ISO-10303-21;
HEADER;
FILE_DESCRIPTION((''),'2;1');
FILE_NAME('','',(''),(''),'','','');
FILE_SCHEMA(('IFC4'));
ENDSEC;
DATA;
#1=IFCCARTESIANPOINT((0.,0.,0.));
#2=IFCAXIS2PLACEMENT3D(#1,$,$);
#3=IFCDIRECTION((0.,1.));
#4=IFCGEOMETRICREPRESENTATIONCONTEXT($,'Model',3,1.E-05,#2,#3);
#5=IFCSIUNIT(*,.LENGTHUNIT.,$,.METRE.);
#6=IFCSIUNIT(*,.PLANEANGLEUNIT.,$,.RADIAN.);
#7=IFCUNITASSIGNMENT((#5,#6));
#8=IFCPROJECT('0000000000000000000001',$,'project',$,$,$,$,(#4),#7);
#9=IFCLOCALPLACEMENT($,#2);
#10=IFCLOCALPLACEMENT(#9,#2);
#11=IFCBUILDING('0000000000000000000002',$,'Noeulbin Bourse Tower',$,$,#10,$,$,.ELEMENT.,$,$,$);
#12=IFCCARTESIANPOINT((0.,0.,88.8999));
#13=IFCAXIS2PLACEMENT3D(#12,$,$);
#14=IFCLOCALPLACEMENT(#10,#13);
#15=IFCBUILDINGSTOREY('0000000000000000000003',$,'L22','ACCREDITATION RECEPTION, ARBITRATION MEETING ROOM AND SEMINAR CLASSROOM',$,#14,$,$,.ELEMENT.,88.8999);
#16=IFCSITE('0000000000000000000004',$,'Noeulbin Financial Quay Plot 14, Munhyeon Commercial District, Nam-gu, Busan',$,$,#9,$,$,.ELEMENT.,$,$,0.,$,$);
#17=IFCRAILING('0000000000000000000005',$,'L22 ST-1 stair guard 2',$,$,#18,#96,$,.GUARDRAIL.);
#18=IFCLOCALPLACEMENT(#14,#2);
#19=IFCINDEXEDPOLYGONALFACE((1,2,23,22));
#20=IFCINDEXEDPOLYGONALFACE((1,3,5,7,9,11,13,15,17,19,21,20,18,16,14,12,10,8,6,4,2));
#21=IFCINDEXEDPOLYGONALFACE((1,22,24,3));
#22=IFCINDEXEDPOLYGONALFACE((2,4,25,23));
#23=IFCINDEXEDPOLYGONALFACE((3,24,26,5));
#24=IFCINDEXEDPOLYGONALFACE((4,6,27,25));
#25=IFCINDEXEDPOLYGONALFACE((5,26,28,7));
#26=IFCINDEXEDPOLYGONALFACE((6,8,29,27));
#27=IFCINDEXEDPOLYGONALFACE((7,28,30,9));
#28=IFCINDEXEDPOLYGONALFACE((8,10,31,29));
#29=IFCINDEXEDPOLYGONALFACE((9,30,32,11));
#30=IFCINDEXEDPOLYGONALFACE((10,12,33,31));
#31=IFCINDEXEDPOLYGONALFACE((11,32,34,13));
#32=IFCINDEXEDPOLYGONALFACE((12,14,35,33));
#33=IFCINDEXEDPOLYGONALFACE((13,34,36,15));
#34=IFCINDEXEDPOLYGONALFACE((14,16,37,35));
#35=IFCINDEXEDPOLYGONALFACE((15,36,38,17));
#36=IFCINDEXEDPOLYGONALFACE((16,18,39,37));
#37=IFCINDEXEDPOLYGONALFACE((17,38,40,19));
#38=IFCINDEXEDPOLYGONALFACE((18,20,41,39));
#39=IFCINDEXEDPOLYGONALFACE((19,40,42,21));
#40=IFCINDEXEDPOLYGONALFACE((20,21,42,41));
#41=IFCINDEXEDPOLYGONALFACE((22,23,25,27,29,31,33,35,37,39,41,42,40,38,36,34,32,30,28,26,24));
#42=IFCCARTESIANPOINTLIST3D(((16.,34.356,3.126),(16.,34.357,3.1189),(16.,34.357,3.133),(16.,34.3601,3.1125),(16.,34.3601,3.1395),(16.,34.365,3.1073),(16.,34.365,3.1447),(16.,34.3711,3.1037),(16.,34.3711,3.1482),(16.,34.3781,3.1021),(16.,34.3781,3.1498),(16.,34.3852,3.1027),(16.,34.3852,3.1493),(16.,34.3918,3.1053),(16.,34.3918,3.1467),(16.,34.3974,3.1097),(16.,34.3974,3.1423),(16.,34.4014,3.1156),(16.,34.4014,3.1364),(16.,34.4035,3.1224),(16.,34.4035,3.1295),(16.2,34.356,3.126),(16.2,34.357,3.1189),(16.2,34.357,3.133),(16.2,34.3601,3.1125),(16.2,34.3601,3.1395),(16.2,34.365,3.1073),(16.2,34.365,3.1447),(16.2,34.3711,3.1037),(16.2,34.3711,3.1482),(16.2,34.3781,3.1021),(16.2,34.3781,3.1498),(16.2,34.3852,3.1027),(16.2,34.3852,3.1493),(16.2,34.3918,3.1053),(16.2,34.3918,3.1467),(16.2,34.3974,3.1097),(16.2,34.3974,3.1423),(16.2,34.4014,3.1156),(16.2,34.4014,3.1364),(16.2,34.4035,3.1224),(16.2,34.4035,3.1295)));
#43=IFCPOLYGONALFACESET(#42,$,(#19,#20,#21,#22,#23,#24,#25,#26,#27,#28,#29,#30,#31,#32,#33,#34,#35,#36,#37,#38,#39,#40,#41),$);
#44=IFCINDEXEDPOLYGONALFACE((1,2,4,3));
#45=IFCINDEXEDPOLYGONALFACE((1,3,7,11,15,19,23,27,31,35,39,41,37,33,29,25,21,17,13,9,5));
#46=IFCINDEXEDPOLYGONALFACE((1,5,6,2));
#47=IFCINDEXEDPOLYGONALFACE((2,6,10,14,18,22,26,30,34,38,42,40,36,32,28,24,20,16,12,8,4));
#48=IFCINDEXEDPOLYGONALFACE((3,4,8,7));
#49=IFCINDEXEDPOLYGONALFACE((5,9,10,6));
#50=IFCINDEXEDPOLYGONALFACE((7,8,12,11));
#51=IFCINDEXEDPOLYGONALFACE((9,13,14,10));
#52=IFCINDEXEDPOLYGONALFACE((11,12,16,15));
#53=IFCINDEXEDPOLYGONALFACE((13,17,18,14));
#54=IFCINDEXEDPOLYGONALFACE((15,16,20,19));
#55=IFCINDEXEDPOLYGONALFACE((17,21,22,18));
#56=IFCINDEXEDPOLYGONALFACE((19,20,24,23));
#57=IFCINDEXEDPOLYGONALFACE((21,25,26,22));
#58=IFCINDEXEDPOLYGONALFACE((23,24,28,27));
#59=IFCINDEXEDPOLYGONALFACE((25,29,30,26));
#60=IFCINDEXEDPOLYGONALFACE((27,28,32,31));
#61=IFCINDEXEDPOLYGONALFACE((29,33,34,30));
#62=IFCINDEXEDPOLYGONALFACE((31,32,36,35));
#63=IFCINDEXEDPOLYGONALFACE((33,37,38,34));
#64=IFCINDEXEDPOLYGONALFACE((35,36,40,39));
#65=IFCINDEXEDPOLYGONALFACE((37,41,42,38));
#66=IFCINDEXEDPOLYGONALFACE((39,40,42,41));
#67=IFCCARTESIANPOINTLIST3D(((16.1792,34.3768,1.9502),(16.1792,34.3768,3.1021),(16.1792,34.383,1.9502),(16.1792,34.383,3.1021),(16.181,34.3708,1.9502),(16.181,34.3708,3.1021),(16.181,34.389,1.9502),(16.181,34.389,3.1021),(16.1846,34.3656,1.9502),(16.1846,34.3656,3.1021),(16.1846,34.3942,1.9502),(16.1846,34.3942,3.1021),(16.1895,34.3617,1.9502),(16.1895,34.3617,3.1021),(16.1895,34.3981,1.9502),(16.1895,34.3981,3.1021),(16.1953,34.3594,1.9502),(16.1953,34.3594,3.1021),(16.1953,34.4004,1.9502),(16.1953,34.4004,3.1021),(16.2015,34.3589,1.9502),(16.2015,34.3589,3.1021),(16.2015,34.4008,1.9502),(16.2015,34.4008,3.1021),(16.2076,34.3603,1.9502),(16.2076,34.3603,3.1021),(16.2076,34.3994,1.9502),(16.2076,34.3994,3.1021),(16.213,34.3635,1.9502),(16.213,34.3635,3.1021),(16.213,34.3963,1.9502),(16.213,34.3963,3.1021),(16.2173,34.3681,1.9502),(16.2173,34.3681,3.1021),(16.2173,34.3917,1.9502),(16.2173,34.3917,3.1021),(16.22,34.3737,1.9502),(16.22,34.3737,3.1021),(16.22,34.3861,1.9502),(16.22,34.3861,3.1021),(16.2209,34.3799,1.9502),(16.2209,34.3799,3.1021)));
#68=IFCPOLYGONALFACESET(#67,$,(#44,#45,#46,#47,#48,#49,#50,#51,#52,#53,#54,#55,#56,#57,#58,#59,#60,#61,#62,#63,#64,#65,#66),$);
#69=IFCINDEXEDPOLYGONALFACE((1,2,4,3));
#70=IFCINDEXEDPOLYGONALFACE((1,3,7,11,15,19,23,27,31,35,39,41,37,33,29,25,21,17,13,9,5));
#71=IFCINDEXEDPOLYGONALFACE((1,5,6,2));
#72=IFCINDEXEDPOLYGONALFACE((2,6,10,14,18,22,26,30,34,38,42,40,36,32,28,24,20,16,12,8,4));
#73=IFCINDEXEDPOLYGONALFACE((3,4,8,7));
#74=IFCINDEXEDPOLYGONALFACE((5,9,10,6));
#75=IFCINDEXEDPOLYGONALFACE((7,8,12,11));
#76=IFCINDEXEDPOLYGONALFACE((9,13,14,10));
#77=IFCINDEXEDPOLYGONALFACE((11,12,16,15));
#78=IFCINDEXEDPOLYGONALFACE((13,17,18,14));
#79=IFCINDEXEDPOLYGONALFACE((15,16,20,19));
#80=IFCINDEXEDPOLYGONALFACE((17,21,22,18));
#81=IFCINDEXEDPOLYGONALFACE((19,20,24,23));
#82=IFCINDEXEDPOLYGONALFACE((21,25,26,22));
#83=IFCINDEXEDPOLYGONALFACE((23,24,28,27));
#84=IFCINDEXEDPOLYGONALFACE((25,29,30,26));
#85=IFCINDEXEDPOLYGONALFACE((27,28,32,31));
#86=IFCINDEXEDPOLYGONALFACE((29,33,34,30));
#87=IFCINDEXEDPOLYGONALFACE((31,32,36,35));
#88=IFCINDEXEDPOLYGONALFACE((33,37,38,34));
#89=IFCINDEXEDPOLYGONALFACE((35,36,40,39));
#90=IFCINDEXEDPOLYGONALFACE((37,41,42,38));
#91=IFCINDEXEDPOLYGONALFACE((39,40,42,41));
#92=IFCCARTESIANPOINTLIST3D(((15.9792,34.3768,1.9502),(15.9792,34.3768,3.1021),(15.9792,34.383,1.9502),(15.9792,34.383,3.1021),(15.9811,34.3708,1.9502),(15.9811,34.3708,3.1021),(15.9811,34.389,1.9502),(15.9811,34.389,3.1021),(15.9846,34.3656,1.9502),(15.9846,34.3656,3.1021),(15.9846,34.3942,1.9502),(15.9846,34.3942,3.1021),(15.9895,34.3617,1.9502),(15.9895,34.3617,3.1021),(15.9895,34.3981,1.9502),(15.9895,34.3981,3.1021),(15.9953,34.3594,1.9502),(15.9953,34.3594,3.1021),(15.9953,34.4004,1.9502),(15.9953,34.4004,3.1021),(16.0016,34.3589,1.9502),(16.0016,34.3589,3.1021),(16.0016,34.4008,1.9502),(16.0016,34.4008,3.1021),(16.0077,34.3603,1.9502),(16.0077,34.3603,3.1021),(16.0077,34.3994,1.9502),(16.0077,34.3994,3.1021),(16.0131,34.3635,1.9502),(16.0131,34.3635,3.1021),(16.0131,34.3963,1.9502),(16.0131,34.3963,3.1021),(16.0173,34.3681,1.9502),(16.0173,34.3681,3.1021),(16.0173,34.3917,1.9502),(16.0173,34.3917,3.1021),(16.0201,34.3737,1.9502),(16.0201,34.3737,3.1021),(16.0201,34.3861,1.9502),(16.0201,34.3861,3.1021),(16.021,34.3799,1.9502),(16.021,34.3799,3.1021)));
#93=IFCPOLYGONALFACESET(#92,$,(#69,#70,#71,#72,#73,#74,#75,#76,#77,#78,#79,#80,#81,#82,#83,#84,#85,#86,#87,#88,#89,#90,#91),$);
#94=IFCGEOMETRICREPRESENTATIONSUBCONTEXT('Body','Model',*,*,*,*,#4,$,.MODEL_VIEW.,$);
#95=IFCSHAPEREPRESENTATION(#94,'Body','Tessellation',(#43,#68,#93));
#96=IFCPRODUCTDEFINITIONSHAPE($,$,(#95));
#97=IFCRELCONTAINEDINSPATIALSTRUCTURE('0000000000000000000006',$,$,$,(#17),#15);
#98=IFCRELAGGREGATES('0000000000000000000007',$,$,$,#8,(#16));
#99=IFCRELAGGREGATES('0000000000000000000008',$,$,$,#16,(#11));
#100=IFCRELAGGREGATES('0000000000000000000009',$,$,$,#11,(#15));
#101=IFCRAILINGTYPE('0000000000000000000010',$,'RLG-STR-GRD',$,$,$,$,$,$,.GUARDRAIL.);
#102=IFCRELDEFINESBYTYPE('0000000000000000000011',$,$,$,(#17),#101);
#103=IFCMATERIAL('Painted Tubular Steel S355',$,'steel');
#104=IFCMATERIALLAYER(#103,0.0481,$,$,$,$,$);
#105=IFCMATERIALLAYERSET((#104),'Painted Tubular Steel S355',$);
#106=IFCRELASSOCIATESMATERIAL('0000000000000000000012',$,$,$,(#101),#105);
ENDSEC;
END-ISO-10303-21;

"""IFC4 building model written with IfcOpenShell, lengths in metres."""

from ifc_helpers import new_model, si_unit, direction, frame, origin, origin_2d, place, context, subcontext, project, spatial, circle, extrude, material, layer, layer_set, type_object, element, save


model = new_model("IFC4")

# Units and contexts
model_context = context("Model", 3, precision=1e-05, world=origin(), true_north=direction((0.0, 1.0)))
body_context = subcontext(model_context, "Body", "Model", "MODEL_VIEW")
ifc_project = project(units=[si_unit("LENGTHUNIT", "METRE"), si_unit("PLANEANGLEUNIT", "RADIAN")], contexts=[model_context])

# Site, building, storey
site_placement = place(None, origin())
site = spatial("IfcSite", under=ifc_project, at=site_placement, Name="Noeulbin Financial Quay Plot 14, Munhyeon Commercial District, Nam-gu, Busan", CompositionType="ELEMENT", RefElevation=0.0)
building_placement = place(site_placement, origin())
building = spatial("IfcBuilding", under=site, at=building_placement, Name="Noeulbin Bourse Tower", CompositionType="ELEMENT")
storey_placement = place(building_placement, frame((0.0, 0.0, 88.8999)))
storey = spatial("IfcBuildingStorey", under=building, at=storey_placement, Name="L22", Description="ACCREDITATION RECEPTION, ARBITRATION MEETING ROOM AND SEMINAR CLASSROOM", CompositionType="ELEMENT", Elevation=88.8999)

# Railing
ifc_material_1 = material(Name="Painted Tubular Steel S355", Category="steel")
ifc_layer_1 = layer(ifc_material_1, 0.0481)
ifc_layer_set_1 = layer_set([ifc_layer_1], Name="Painted Tubular Steel S355")
railing_type_1 = type_object("IfcRailingType", Name="RLG-STR-GRD", PredefinedType="GUARDRAIL", material=ifc_layer_set_1)
railing_1_placement = place(storey_placement, frame((16.2, 34.3799, 1.9502)))
element("IfcRailing", 1, at=railing_1_placement, inside=storey, type_object=railing_type_1, Name="L22 ST-1 stair guard 2", PredefinedType="GUARDRAIL", context=body_context, shape_type="SweptSolid", body=[
    extrude(circle(Radius=0.0239, at=origin_2d()), frame((0.0, 0.0, 1.1758), z_axis=(-1.0, 0.0, 0.0), x_axis=(0.0, -1.0, 0.0)), (0.0, 0.0, 1.0), 0.2),
    extrude(circle(Radius=0.021, at=origin_2d()), origin(), (0.0, 0.0, 1.0), 1.1519),
    extrude(circle(Radius=0.021, at=origin_2d()), frame((-0.2, 0.0, 0.0)), (0.0, 0.0, 1.0), 1.1519),
])

save(model, "model.ifc")
